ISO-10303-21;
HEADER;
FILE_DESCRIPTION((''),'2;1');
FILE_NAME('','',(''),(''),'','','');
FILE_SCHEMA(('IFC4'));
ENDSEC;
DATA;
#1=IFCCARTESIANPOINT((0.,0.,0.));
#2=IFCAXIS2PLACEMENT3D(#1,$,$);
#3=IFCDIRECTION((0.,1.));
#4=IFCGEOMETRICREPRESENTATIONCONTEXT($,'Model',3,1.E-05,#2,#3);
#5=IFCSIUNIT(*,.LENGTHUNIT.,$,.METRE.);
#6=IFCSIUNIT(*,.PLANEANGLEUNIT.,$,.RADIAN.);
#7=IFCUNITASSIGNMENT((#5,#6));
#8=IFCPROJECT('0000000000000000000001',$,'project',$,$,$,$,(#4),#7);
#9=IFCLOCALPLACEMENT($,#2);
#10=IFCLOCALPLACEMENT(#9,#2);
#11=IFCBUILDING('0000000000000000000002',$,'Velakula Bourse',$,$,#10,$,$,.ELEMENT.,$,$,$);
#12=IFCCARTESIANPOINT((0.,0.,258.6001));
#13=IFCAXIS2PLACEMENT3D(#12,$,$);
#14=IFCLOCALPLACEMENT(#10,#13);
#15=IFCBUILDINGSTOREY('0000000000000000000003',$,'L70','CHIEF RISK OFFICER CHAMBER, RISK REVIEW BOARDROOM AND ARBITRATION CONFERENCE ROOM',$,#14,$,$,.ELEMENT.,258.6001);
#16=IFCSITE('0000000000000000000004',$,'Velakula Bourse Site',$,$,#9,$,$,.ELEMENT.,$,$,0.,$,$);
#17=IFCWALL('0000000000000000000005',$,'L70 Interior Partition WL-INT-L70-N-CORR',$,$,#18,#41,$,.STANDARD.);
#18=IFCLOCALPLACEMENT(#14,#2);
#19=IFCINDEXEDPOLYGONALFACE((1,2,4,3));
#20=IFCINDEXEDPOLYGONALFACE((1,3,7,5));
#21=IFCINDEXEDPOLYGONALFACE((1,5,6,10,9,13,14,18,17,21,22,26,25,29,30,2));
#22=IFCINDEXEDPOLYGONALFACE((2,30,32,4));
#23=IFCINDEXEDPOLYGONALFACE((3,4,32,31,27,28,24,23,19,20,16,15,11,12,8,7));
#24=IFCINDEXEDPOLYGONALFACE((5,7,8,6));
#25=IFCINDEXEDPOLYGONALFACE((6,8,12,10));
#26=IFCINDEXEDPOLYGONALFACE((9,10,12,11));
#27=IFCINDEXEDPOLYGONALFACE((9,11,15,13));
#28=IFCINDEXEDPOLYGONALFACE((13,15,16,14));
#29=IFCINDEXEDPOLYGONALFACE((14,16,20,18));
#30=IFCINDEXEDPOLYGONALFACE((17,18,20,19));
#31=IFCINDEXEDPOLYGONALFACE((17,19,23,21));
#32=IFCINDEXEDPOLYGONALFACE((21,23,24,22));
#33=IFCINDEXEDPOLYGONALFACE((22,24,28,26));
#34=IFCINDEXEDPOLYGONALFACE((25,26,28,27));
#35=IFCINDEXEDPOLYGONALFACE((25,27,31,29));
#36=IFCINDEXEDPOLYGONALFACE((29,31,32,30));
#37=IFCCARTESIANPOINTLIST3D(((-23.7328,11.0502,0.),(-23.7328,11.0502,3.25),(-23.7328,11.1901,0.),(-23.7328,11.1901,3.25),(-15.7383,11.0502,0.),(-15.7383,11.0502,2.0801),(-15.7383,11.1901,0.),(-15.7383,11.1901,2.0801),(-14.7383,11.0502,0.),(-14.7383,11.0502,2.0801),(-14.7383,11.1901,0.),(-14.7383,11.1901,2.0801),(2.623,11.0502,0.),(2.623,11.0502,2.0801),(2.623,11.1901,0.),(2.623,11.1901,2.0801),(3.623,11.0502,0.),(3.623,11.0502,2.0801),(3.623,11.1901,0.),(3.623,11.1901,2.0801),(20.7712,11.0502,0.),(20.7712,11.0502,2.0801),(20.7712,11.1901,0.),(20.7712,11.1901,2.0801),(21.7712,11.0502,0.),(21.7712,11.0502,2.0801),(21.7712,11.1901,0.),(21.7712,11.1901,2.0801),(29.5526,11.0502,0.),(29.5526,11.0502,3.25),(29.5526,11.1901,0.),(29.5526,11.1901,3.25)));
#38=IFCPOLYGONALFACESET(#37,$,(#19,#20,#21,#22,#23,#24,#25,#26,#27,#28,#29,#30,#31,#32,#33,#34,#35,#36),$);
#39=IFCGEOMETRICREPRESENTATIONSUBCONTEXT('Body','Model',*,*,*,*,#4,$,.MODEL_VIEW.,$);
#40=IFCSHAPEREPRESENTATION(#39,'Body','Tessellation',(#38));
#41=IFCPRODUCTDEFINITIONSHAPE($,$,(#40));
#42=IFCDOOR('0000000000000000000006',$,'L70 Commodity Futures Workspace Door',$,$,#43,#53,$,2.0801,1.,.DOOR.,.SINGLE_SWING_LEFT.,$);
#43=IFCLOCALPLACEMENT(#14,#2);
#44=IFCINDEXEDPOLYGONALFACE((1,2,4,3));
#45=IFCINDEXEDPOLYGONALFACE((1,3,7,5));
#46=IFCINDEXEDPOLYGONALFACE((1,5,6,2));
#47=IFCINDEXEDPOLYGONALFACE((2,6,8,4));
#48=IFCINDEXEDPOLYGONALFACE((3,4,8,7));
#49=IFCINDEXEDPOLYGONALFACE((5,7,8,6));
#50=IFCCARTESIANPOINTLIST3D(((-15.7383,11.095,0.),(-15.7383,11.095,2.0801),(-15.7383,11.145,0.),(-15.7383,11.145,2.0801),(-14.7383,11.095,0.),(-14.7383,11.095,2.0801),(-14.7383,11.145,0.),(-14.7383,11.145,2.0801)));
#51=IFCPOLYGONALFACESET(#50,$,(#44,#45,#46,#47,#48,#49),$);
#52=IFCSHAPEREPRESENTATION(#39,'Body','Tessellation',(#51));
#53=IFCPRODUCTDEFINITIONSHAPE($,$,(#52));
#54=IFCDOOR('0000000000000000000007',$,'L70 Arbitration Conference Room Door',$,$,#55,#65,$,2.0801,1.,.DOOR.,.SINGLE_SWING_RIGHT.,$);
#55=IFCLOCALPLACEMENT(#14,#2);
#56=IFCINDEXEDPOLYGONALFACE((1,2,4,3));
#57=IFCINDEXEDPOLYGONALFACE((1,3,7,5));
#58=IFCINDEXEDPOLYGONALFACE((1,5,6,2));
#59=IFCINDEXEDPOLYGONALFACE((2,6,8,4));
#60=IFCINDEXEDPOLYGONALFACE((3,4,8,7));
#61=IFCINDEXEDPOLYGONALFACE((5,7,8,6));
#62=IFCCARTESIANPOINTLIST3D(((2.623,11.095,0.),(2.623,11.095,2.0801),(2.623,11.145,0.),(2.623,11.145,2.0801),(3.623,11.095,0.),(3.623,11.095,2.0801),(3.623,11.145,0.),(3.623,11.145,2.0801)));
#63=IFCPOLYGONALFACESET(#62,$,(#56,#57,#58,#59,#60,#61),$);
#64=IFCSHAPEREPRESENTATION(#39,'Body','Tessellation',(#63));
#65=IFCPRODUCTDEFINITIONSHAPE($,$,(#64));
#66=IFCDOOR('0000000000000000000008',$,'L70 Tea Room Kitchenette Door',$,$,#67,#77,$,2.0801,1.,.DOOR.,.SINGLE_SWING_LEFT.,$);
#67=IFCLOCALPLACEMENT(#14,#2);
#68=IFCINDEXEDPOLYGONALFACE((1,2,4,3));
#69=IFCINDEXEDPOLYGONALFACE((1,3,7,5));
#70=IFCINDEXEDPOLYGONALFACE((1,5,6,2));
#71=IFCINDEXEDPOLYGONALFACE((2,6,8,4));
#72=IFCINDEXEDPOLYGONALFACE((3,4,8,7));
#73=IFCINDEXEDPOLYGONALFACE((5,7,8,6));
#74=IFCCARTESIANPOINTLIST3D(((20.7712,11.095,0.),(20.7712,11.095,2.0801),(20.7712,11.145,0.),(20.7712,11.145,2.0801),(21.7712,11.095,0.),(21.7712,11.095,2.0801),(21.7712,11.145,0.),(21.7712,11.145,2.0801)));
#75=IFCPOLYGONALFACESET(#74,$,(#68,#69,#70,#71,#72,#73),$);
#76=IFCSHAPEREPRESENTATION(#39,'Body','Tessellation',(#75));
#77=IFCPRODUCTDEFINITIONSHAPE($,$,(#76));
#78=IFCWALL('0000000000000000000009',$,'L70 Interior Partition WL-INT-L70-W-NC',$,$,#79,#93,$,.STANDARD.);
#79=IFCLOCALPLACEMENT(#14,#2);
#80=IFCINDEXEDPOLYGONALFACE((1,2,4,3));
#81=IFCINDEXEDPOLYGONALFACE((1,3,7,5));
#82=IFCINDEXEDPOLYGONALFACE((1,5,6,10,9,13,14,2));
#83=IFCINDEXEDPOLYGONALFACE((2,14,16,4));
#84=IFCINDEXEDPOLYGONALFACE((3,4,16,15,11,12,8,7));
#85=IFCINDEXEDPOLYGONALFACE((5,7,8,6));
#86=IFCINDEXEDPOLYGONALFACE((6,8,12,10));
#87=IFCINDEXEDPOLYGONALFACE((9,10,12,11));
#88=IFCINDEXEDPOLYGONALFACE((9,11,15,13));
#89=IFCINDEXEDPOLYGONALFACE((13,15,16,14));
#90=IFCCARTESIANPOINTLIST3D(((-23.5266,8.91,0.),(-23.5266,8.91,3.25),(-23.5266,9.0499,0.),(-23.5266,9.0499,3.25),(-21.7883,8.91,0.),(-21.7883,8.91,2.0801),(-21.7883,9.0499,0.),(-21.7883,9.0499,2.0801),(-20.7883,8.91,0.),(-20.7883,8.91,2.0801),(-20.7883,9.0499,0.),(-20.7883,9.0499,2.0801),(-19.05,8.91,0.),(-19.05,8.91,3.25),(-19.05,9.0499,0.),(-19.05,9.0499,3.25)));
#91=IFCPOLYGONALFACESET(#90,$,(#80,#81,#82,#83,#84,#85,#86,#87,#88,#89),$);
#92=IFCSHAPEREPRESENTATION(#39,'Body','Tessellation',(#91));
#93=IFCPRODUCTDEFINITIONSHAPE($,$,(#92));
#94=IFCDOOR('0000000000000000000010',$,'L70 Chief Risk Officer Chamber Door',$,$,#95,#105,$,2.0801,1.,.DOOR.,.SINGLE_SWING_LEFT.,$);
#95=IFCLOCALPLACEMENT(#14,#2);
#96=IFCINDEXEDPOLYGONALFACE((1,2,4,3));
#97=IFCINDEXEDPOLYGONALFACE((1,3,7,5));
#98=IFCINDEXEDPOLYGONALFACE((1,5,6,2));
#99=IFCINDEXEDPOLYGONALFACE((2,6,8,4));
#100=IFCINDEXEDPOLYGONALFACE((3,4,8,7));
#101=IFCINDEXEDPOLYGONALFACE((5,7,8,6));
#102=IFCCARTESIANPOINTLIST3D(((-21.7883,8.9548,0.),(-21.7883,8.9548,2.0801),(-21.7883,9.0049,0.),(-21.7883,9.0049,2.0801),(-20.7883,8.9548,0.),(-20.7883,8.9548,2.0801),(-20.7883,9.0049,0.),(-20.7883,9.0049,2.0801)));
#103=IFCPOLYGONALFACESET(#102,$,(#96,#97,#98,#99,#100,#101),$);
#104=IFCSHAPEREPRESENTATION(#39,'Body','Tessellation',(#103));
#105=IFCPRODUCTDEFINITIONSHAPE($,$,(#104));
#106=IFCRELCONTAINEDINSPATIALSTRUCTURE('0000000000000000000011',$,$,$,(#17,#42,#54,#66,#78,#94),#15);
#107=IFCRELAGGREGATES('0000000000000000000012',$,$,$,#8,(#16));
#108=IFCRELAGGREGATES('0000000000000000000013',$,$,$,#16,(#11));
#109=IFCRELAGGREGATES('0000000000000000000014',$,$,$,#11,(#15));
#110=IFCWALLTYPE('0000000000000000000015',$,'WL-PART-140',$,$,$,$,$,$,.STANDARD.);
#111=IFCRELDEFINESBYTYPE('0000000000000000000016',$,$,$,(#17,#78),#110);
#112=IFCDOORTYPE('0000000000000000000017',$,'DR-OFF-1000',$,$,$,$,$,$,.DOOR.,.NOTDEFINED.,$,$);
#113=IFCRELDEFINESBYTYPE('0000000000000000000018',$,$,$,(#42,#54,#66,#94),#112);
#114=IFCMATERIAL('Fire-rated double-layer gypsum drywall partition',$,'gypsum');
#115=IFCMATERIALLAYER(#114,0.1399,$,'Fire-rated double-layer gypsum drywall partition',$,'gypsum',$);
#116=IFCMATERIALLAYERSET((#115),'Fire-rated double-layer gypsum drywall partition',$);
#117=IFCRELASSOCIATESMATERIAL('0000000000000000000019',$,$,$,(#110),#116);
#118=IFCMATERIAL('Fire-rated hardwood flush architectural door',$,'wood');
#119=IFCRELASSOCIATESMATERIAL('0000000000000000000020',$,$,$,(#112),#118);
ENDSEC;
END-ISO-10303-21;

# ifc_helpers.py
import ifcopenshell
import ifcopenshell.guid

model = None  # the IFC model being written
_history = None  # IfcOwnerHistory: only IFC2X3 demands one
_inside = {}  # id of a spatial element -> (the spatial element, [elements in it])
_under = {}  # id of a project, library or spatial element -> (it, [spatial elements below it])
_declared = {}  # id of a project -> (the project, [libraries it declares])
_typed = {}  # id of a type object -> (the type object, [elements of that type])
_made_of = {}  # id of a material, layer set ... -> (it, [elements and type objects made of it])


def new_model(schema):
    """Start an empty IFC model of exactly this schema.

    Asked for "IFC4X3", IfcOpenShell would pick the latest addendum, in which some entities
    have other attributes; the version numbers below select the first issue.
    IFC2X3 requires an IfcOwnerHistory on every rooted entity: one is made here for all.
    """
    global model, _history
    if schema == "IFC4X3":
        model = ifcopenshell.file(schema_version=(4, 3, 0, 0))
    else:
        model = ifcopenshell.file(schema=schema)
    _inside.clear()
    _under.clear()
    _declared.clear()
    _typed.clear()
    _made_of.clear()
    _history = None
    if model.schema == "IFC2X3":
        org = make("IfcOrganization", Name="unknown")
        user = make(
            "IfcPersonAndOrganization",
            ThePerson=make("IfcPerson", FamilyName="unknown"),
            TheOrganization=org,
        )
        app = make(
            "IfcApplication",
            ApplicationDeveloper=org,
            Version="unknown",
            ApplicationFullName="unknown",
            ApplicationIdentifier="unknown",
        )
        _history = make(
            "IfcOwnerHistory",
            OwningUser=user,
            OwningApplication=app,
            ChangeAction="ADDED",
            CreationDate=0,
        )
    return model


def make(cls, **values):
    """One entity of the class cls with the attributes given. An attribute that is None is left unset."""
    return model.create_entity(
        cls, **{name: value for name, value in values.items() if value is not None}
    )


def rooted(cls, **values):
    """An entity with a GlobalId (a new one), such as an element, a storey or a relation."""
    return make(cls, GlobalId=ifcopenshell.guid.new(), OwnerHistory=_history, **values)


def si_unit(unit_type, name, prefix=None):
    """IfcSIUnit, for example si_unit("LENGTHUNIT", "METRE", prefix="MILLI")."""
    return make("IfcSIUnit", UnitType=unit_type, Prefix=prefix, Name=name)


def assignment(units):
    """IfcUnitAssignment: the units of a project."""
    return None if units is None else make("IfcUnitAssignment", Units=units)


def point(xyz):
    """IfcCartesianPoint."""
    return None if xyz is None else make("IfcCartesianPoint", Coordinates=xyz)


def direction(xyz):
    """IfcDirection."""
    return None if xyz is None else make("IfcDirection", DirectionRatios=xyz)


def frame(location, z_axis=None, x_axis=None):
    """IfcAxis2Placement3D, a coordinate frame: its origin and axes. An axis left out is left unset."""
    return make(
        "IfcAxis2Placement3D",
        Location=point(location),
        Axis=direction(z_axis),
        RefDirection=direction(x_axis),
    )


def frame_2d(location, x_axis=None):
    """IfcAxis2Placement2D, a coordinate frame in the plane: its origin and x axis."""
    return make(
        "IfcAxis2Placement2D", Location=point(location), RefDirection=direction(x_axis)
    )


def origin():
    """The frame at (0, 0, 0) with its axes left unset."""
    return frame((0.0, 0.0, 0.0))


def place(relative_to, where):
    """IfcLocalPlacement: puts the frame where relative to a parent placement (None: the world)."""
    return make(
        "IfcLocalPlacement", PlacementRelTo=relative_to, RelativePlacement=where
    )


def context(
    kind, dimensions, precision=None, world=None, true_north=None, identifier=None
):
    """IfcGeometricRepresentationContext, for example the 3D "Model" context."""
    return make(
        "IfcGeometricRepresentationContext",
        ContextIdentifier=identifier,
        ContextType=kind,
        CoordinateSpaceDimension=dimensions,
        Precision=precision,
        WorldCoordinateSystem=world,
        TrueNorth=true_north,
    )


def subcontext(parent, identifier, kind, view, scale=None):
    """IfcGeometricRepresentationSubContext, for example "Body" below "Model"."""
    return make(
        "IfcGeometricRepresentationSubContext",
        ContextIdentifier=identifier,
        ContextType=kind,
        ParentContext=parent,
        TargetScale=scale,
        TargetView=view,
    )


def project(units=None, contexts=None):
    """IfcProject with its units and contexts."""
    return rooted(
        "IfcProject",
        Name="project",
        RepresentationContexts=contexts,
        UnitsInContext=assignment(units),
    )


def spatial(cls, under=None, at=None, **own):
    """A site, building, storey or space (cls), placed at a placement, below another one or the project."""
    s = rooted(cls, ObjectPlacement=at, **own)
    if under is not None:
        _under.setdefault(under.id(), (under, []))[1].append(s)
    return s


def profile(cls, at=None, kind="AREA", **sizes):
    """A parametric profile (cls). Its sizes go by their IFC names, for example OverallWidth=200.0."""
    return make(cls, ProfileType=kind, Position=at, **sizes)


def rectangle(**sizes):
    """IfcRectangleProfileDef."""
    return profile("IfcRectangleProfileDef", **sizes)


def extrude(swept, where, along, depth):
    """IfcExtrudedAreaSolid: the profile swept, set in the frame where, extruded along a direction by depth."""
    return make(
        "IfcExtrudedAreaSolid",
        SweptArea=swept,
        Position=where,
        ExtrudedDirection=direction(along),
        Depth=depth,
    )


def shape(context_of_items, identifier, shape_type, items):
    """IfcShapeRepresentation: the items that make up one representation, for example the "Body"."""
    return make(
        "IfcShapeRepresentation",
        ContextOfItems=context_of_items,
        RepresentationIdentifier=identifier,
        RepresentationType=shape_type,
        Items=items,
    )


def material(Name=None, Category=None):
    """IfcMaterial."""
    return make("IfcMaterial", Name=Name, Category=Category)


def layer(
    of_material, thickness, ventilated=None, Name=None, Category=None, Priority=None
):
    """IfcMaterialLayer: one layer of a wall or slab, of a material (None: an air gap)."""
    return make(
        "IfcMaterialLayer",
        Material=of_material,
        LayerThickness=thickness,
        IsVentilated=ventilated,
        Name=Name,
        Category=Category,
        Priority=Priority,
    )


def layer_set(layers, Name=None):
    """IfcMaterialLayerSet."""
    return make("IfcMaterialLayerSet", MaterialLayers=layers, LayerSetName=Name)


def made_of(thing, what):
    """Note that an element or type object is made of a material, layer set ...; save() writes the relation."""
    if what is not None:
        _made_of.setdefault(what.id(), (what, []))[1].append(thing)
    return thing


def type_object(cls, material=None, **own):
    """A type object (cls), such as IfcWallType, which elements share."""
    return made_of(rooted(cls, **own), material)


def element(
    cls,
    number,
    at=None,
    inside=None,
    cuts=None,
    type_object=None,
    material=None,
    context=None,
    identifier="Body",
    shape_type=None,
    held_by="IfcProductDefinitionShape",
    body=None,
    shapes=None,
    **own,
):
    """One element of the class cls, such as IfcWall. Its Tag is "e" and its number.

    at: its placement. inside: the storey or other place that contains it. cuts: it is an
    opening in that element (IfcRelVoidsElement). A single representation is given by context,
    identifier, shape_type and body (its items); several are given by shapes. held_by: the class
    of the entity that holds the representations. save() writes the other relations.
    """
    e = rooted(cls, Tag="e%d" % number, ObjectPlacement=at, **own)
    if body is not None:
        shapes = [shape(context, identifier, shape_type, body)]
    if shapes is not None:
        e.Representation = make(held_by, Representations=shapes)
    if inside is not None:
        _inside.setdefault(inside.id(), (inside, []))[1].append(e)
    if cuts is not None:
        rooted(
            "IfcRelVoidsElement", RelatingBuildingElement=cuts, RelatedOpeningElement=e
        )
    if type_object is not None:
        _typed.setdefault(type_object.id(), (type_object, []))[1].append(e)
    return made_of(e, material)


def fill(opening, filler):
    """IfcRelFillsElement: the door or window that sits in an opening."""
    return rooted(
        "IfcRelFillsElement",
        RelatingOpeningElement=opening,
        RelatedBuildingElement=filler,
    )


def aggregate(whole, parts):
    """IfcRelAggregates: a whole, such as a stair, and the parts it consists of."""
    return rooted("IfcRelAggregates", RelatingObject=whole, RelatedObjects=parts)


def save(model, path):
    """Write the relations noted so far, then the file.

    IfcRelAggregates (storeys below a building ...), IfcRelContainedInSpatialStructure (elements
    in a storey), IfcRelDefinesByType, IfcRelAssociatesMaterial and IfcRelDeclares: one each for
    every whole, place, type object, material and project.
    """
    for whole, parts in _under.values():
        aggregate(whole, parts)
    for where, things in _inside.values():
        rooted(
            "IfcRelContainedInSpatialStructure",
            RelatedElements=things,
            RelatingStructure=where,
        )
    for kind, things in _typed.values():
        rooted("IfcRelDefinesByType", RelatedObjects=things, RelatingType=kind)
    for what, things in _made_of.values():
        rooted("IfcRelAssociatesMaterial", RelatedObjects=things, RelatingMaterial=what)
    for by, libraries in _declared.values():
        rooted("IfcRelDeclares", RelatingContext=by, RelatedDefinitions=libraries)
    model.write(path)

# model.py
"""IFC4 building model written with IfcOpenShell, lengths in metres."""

from ifc_helpers import new_model, si_unit, direction, frame, frame_2d, origin, place, context, subcontext, project, spatial, rectangle, extrude, material, layer, layer_set, type_object, element, fill, save


model = new_model("IFC4")

# Units and contexts
model_context = context("Model", 3, precision=1e-05, world=origin(), true_north=direction((0.0, 1.0)))
body_context = subcontext(model_context, "Body", "Model", "MODEL_VIEW")
ifc_project = project(units=[si_unit("LENGTHUNIT", "METRE"), si_unit("PLANEANGLEUNIT", "RADIAN")], contexts=[model_context])

# Site, building, storey
site_placement = place(None, origin())
site = spatial("IfcSite", under=ifc_project, at=site_placement, Name="Velakula Bourse Site", CompositionType="ELEMENT", RefElevation=0.0)
building_placement = place(site_placement, origin())
building = spatial("IfcBuilding", under=site, at=building_placement, Name="Velakula Bourse", CompositionType="ELEMENT")
storey_placement = place(building_placement, frame((0.0, 0.0, 258.6001)))
storey = spatial("IfcBuildingStorey", under=building, at=storey_placement, Name="L70", Description="CHIEF RISK OFFICER CHAMBER, RISK REVIEW BOARDROOM AND ARBITRATION CONFERENCE ROOM", CompositionType="ELEMENT", Elevation=258.6001)

# Shared definitions
ifc_material_1 = material(Name="Fire-rated hardwood flush architectural door", Category="wood")

# Wall, openings, doors
ifc_material_2 = material(Name="Fire-rated double-layer gypsum drywall partition", Category="gypsum")
ifc_layer_1 = layer(ifc_material_2, 0.1399, Name="Fire-rated double-layer gypsum drywall partition", Category="gypsum")
ifc_layer_set_1 = layer_set([ifc_layer_1], Name="Fire-rated double-layer gypsum drywall partition")
wall_type_1 = type_object("IfcWallType", Name="WL-PART-140", PredefinedType="STANDARD", material=ifc_layer_set_1)
wall_1_placement = place(storey_placement, frame((-23.7327, 11.1201, 0.0), z_axis=(0.0, 0.0, 1.0), x_axis=(1.0, 0.0, 0.0)))
wall_1 = element("IfcWall", 1, at=wall_1_placement, inside=storey, type_object=wall_type_1, Name="L70 Interior Partition WL-INT-L70-N-CORR", PredefinedType="STANDARD", context=body_context, shape_type="SweptSolid", body=[
    extrude(rectangle(XDim=53.2854, YDim=0.1399, at=frame_2d((26.6426, 0.0))), origin(), (0.0, 0.0, 1.0), 3.25),
])
opening_1_placement = place(wall_1_placement, frame((7.9944, 0.0, 0.0)))
opening_1 = element("IfcOpeningElement", 2, at=opening_1_placement, cuts=wall_1, PredefinedType="OPENING", context=body_context, shape_type="SweptSolid", body=[
    extrude(rectangle(XDim=1.0, YDim=2.0801, at=frame_2d((0.5, 1.04))), frame((0.0, 0.0798, 0.0), z_axis=(0.0, -1.0, 0.0), x_axis=(1.0, 0.0, 0.0)), (0.0, 0.0, 1.0), 0.1599),
])
opening_2_placement = place(wall_1_placement, frame((26.3557, 0.0, 0.0)))
opening_2 = element("IfcOpeningElement", 3, at=opening_2_placement, cuts=wall_1, PredefinedType="OPENING", context=body_context, shape_type="SweptSolid", body=[
    extrude(rectangle(XDim=1.0, YDim=2.0801, at=frame_2d((0.5, 1.04))), frame((0.0, 0.0798, 0.0), z_axis=(0.0, -1.0, 0.0), x_axis=(1.0, 0.0, 0.0)), (0.0, 0.0, 1.0), 0.1599),
])
opening_3_placement = place(wall_1_placement, frame((44.5039, 0.0, 0.0)))
opening_3 = element("IfcOpeningElement", 4, at=opening_3_placement, cuts=wall_1, PredefinedType="OPENING", context=body_context, shape_type="SweptSolid", body=[
    extrude(rectangle(XDim=1.0, YDim=2.0801, at=frame_2d((0.5, 1.04))), frame((0.0, 0.0798, 0.0), z_axis=(0.0, -1.0, 0.0), x_axis=(1.0, 0.0, 0.0)), (0.0, 0.0, 1.0), 0.1599),
])
door_type_1 = type_object("IfcDoorType", Name="DR-OFF-1000", OperationType="NOTDEFINED", PredefinedType="DOOR", material=ifc_material_1)
door_1_placement = place(opening_1_placement, origin())
door_1 = element("IfcDoor", 5, at=door_1_placement, inside=storey, type_object=door_type_1, Name="L70 Commodity Futures Workspace Door", OperationType="SINGLE_SWING_LEFT", OverallHeight=2.0801, OverallWidth=1.0, PredefinedType="DOOR", context=body_context, shape_type="SweptSolid", body=[
    extrude(rectangle(XDim=1.0, YDim=2.0801, at=frame_2d((0.5, 1.04))), frame((0.0, 0.0249, 0.0), z_axis=(0.0, -1.0, 0.0), x_axis=(1.0, 0.0, 0.0)), (0.0, 0.0, 1.0), 0.05),
])
fill(opening_1, door_1)
door_2_placement = place(opening_2_placement, origin())
door_2 = element("IfcDoor", 6, at=door_2_placement, inside=storey, type_object=door_type_1, Name="L70 Arbitration Conference Room Door", OperationType="SINGLE_SWING_RIGHT", OverallHeight=2.0801, OverallWidth=1.0, PredefinedType="DOOR", context=body_context, shape_type="SweptSolid", body=[
    extrude(rectangle(XDim=1.0, YDim=2.0801, at=frame_2d((0.5, 1.04))), frame((0.0, 0.0249, 0.0), z_axis=(0.0, -1.0, 0.0), x_axis=(1.0, 0.0, 0.0)), (0.0, 0.0, 1.0), 0.05),
])
fill(opening_2, door_2)
door_3_placement = place(opening_3_placement, origin())
door_3 = element("IfcDoor", 7, at=door_3_placement, inside=storey, type_object=door_type_1, Name="L70 Tea Room Kitchenette Door", OperationType="SINGLE_SWING_LEFT", OverallHeight=2.0801, OverallWidth=1.0, PredefinedType="DOOR", context=body_context, shape_type="SweptSolid", body=[
    extrude(rectangle(XDim=1.0, YDim=2.0801, at=frame_2d((0.5, 1.04))), frame((0.0, 0.0249, 0.0), z_axis=(0.0, -1.0, 0.0), x_axis=(1.0, 0.0, 0.0)), (0.0, 0.0, 1.0), 0.05),
])
fill(opening_3, door_3)

# Wall, opening, door
wall_2_placement = place(storey_placement, frame((-23.5266, 8.98, 0.0), z_axis=(0.0, 0.0, 1.0), x_axis=(1.0, 0.0, 0.0)))
wall_2 = element("IfcWall", 8, at=wall_2_placement, inside=storey, type_object=wall_type_1, Name="L70 Interior Partition WL-INT-L70-W-NC", PredefinedType="STANDARD", context=body_context, shape_type="SweptSolid", body=[
    extrude(rectangle(XDim=4.4766, YDim=0.1399, at=frame_2d((2.2383, 0.0))), origin(), (0.0, 0.0, 1.0), 3.25),
])
opening_4_placement = place(wall_2_placement, frame((1.7383, 0.0, 0.0)))
opening_4 = element("IfcOpeningElement", 9, at=opening_4_placement, cuts=wall_2, PredefinedType="OPENING", context=body_context, shape_type="SweptSolid", body=[
    extrude(rectangle(XDim=1.0, YDim=2.0801, at=frame_2d((0.5, 1.04))), frame((0.0, 0.0798, 0.0), z_axis=(0.0, -1.0, 0.0), x_axis=(1.0, 0.0, 0.0)), (0.0, 0.0, 1.0), 0.1599),
])
door_4_placement = place(opening_4_placement, origin())
door_4 = element("IfcDoor", 10, at=door_4_placement, inside=storey, type_object=door_type_1, Name="L70 Chief Risk Officer Chamber Door", OperationType="SINGLE_SWING_LEFT", OverallHeight=2.0801, OverallWidth=1.0, PredefinedType="DOOR", context=body_context, shape_type="SweptSolid", body=[
    extrude(rectangle(XDim=1.0, YDim=2.0801, at=frame_2d((0.5, 1.04))), frame((0.0, 0.0249, 0.0), z_axis=(0.0, -1.0, 0.0), x_axis=(1.0, 0.0, 0.0)), (0.0, 0.0, 1.0), 0.05),
])
fill(opening_4, door_4)

save(model, "model.ifc")
